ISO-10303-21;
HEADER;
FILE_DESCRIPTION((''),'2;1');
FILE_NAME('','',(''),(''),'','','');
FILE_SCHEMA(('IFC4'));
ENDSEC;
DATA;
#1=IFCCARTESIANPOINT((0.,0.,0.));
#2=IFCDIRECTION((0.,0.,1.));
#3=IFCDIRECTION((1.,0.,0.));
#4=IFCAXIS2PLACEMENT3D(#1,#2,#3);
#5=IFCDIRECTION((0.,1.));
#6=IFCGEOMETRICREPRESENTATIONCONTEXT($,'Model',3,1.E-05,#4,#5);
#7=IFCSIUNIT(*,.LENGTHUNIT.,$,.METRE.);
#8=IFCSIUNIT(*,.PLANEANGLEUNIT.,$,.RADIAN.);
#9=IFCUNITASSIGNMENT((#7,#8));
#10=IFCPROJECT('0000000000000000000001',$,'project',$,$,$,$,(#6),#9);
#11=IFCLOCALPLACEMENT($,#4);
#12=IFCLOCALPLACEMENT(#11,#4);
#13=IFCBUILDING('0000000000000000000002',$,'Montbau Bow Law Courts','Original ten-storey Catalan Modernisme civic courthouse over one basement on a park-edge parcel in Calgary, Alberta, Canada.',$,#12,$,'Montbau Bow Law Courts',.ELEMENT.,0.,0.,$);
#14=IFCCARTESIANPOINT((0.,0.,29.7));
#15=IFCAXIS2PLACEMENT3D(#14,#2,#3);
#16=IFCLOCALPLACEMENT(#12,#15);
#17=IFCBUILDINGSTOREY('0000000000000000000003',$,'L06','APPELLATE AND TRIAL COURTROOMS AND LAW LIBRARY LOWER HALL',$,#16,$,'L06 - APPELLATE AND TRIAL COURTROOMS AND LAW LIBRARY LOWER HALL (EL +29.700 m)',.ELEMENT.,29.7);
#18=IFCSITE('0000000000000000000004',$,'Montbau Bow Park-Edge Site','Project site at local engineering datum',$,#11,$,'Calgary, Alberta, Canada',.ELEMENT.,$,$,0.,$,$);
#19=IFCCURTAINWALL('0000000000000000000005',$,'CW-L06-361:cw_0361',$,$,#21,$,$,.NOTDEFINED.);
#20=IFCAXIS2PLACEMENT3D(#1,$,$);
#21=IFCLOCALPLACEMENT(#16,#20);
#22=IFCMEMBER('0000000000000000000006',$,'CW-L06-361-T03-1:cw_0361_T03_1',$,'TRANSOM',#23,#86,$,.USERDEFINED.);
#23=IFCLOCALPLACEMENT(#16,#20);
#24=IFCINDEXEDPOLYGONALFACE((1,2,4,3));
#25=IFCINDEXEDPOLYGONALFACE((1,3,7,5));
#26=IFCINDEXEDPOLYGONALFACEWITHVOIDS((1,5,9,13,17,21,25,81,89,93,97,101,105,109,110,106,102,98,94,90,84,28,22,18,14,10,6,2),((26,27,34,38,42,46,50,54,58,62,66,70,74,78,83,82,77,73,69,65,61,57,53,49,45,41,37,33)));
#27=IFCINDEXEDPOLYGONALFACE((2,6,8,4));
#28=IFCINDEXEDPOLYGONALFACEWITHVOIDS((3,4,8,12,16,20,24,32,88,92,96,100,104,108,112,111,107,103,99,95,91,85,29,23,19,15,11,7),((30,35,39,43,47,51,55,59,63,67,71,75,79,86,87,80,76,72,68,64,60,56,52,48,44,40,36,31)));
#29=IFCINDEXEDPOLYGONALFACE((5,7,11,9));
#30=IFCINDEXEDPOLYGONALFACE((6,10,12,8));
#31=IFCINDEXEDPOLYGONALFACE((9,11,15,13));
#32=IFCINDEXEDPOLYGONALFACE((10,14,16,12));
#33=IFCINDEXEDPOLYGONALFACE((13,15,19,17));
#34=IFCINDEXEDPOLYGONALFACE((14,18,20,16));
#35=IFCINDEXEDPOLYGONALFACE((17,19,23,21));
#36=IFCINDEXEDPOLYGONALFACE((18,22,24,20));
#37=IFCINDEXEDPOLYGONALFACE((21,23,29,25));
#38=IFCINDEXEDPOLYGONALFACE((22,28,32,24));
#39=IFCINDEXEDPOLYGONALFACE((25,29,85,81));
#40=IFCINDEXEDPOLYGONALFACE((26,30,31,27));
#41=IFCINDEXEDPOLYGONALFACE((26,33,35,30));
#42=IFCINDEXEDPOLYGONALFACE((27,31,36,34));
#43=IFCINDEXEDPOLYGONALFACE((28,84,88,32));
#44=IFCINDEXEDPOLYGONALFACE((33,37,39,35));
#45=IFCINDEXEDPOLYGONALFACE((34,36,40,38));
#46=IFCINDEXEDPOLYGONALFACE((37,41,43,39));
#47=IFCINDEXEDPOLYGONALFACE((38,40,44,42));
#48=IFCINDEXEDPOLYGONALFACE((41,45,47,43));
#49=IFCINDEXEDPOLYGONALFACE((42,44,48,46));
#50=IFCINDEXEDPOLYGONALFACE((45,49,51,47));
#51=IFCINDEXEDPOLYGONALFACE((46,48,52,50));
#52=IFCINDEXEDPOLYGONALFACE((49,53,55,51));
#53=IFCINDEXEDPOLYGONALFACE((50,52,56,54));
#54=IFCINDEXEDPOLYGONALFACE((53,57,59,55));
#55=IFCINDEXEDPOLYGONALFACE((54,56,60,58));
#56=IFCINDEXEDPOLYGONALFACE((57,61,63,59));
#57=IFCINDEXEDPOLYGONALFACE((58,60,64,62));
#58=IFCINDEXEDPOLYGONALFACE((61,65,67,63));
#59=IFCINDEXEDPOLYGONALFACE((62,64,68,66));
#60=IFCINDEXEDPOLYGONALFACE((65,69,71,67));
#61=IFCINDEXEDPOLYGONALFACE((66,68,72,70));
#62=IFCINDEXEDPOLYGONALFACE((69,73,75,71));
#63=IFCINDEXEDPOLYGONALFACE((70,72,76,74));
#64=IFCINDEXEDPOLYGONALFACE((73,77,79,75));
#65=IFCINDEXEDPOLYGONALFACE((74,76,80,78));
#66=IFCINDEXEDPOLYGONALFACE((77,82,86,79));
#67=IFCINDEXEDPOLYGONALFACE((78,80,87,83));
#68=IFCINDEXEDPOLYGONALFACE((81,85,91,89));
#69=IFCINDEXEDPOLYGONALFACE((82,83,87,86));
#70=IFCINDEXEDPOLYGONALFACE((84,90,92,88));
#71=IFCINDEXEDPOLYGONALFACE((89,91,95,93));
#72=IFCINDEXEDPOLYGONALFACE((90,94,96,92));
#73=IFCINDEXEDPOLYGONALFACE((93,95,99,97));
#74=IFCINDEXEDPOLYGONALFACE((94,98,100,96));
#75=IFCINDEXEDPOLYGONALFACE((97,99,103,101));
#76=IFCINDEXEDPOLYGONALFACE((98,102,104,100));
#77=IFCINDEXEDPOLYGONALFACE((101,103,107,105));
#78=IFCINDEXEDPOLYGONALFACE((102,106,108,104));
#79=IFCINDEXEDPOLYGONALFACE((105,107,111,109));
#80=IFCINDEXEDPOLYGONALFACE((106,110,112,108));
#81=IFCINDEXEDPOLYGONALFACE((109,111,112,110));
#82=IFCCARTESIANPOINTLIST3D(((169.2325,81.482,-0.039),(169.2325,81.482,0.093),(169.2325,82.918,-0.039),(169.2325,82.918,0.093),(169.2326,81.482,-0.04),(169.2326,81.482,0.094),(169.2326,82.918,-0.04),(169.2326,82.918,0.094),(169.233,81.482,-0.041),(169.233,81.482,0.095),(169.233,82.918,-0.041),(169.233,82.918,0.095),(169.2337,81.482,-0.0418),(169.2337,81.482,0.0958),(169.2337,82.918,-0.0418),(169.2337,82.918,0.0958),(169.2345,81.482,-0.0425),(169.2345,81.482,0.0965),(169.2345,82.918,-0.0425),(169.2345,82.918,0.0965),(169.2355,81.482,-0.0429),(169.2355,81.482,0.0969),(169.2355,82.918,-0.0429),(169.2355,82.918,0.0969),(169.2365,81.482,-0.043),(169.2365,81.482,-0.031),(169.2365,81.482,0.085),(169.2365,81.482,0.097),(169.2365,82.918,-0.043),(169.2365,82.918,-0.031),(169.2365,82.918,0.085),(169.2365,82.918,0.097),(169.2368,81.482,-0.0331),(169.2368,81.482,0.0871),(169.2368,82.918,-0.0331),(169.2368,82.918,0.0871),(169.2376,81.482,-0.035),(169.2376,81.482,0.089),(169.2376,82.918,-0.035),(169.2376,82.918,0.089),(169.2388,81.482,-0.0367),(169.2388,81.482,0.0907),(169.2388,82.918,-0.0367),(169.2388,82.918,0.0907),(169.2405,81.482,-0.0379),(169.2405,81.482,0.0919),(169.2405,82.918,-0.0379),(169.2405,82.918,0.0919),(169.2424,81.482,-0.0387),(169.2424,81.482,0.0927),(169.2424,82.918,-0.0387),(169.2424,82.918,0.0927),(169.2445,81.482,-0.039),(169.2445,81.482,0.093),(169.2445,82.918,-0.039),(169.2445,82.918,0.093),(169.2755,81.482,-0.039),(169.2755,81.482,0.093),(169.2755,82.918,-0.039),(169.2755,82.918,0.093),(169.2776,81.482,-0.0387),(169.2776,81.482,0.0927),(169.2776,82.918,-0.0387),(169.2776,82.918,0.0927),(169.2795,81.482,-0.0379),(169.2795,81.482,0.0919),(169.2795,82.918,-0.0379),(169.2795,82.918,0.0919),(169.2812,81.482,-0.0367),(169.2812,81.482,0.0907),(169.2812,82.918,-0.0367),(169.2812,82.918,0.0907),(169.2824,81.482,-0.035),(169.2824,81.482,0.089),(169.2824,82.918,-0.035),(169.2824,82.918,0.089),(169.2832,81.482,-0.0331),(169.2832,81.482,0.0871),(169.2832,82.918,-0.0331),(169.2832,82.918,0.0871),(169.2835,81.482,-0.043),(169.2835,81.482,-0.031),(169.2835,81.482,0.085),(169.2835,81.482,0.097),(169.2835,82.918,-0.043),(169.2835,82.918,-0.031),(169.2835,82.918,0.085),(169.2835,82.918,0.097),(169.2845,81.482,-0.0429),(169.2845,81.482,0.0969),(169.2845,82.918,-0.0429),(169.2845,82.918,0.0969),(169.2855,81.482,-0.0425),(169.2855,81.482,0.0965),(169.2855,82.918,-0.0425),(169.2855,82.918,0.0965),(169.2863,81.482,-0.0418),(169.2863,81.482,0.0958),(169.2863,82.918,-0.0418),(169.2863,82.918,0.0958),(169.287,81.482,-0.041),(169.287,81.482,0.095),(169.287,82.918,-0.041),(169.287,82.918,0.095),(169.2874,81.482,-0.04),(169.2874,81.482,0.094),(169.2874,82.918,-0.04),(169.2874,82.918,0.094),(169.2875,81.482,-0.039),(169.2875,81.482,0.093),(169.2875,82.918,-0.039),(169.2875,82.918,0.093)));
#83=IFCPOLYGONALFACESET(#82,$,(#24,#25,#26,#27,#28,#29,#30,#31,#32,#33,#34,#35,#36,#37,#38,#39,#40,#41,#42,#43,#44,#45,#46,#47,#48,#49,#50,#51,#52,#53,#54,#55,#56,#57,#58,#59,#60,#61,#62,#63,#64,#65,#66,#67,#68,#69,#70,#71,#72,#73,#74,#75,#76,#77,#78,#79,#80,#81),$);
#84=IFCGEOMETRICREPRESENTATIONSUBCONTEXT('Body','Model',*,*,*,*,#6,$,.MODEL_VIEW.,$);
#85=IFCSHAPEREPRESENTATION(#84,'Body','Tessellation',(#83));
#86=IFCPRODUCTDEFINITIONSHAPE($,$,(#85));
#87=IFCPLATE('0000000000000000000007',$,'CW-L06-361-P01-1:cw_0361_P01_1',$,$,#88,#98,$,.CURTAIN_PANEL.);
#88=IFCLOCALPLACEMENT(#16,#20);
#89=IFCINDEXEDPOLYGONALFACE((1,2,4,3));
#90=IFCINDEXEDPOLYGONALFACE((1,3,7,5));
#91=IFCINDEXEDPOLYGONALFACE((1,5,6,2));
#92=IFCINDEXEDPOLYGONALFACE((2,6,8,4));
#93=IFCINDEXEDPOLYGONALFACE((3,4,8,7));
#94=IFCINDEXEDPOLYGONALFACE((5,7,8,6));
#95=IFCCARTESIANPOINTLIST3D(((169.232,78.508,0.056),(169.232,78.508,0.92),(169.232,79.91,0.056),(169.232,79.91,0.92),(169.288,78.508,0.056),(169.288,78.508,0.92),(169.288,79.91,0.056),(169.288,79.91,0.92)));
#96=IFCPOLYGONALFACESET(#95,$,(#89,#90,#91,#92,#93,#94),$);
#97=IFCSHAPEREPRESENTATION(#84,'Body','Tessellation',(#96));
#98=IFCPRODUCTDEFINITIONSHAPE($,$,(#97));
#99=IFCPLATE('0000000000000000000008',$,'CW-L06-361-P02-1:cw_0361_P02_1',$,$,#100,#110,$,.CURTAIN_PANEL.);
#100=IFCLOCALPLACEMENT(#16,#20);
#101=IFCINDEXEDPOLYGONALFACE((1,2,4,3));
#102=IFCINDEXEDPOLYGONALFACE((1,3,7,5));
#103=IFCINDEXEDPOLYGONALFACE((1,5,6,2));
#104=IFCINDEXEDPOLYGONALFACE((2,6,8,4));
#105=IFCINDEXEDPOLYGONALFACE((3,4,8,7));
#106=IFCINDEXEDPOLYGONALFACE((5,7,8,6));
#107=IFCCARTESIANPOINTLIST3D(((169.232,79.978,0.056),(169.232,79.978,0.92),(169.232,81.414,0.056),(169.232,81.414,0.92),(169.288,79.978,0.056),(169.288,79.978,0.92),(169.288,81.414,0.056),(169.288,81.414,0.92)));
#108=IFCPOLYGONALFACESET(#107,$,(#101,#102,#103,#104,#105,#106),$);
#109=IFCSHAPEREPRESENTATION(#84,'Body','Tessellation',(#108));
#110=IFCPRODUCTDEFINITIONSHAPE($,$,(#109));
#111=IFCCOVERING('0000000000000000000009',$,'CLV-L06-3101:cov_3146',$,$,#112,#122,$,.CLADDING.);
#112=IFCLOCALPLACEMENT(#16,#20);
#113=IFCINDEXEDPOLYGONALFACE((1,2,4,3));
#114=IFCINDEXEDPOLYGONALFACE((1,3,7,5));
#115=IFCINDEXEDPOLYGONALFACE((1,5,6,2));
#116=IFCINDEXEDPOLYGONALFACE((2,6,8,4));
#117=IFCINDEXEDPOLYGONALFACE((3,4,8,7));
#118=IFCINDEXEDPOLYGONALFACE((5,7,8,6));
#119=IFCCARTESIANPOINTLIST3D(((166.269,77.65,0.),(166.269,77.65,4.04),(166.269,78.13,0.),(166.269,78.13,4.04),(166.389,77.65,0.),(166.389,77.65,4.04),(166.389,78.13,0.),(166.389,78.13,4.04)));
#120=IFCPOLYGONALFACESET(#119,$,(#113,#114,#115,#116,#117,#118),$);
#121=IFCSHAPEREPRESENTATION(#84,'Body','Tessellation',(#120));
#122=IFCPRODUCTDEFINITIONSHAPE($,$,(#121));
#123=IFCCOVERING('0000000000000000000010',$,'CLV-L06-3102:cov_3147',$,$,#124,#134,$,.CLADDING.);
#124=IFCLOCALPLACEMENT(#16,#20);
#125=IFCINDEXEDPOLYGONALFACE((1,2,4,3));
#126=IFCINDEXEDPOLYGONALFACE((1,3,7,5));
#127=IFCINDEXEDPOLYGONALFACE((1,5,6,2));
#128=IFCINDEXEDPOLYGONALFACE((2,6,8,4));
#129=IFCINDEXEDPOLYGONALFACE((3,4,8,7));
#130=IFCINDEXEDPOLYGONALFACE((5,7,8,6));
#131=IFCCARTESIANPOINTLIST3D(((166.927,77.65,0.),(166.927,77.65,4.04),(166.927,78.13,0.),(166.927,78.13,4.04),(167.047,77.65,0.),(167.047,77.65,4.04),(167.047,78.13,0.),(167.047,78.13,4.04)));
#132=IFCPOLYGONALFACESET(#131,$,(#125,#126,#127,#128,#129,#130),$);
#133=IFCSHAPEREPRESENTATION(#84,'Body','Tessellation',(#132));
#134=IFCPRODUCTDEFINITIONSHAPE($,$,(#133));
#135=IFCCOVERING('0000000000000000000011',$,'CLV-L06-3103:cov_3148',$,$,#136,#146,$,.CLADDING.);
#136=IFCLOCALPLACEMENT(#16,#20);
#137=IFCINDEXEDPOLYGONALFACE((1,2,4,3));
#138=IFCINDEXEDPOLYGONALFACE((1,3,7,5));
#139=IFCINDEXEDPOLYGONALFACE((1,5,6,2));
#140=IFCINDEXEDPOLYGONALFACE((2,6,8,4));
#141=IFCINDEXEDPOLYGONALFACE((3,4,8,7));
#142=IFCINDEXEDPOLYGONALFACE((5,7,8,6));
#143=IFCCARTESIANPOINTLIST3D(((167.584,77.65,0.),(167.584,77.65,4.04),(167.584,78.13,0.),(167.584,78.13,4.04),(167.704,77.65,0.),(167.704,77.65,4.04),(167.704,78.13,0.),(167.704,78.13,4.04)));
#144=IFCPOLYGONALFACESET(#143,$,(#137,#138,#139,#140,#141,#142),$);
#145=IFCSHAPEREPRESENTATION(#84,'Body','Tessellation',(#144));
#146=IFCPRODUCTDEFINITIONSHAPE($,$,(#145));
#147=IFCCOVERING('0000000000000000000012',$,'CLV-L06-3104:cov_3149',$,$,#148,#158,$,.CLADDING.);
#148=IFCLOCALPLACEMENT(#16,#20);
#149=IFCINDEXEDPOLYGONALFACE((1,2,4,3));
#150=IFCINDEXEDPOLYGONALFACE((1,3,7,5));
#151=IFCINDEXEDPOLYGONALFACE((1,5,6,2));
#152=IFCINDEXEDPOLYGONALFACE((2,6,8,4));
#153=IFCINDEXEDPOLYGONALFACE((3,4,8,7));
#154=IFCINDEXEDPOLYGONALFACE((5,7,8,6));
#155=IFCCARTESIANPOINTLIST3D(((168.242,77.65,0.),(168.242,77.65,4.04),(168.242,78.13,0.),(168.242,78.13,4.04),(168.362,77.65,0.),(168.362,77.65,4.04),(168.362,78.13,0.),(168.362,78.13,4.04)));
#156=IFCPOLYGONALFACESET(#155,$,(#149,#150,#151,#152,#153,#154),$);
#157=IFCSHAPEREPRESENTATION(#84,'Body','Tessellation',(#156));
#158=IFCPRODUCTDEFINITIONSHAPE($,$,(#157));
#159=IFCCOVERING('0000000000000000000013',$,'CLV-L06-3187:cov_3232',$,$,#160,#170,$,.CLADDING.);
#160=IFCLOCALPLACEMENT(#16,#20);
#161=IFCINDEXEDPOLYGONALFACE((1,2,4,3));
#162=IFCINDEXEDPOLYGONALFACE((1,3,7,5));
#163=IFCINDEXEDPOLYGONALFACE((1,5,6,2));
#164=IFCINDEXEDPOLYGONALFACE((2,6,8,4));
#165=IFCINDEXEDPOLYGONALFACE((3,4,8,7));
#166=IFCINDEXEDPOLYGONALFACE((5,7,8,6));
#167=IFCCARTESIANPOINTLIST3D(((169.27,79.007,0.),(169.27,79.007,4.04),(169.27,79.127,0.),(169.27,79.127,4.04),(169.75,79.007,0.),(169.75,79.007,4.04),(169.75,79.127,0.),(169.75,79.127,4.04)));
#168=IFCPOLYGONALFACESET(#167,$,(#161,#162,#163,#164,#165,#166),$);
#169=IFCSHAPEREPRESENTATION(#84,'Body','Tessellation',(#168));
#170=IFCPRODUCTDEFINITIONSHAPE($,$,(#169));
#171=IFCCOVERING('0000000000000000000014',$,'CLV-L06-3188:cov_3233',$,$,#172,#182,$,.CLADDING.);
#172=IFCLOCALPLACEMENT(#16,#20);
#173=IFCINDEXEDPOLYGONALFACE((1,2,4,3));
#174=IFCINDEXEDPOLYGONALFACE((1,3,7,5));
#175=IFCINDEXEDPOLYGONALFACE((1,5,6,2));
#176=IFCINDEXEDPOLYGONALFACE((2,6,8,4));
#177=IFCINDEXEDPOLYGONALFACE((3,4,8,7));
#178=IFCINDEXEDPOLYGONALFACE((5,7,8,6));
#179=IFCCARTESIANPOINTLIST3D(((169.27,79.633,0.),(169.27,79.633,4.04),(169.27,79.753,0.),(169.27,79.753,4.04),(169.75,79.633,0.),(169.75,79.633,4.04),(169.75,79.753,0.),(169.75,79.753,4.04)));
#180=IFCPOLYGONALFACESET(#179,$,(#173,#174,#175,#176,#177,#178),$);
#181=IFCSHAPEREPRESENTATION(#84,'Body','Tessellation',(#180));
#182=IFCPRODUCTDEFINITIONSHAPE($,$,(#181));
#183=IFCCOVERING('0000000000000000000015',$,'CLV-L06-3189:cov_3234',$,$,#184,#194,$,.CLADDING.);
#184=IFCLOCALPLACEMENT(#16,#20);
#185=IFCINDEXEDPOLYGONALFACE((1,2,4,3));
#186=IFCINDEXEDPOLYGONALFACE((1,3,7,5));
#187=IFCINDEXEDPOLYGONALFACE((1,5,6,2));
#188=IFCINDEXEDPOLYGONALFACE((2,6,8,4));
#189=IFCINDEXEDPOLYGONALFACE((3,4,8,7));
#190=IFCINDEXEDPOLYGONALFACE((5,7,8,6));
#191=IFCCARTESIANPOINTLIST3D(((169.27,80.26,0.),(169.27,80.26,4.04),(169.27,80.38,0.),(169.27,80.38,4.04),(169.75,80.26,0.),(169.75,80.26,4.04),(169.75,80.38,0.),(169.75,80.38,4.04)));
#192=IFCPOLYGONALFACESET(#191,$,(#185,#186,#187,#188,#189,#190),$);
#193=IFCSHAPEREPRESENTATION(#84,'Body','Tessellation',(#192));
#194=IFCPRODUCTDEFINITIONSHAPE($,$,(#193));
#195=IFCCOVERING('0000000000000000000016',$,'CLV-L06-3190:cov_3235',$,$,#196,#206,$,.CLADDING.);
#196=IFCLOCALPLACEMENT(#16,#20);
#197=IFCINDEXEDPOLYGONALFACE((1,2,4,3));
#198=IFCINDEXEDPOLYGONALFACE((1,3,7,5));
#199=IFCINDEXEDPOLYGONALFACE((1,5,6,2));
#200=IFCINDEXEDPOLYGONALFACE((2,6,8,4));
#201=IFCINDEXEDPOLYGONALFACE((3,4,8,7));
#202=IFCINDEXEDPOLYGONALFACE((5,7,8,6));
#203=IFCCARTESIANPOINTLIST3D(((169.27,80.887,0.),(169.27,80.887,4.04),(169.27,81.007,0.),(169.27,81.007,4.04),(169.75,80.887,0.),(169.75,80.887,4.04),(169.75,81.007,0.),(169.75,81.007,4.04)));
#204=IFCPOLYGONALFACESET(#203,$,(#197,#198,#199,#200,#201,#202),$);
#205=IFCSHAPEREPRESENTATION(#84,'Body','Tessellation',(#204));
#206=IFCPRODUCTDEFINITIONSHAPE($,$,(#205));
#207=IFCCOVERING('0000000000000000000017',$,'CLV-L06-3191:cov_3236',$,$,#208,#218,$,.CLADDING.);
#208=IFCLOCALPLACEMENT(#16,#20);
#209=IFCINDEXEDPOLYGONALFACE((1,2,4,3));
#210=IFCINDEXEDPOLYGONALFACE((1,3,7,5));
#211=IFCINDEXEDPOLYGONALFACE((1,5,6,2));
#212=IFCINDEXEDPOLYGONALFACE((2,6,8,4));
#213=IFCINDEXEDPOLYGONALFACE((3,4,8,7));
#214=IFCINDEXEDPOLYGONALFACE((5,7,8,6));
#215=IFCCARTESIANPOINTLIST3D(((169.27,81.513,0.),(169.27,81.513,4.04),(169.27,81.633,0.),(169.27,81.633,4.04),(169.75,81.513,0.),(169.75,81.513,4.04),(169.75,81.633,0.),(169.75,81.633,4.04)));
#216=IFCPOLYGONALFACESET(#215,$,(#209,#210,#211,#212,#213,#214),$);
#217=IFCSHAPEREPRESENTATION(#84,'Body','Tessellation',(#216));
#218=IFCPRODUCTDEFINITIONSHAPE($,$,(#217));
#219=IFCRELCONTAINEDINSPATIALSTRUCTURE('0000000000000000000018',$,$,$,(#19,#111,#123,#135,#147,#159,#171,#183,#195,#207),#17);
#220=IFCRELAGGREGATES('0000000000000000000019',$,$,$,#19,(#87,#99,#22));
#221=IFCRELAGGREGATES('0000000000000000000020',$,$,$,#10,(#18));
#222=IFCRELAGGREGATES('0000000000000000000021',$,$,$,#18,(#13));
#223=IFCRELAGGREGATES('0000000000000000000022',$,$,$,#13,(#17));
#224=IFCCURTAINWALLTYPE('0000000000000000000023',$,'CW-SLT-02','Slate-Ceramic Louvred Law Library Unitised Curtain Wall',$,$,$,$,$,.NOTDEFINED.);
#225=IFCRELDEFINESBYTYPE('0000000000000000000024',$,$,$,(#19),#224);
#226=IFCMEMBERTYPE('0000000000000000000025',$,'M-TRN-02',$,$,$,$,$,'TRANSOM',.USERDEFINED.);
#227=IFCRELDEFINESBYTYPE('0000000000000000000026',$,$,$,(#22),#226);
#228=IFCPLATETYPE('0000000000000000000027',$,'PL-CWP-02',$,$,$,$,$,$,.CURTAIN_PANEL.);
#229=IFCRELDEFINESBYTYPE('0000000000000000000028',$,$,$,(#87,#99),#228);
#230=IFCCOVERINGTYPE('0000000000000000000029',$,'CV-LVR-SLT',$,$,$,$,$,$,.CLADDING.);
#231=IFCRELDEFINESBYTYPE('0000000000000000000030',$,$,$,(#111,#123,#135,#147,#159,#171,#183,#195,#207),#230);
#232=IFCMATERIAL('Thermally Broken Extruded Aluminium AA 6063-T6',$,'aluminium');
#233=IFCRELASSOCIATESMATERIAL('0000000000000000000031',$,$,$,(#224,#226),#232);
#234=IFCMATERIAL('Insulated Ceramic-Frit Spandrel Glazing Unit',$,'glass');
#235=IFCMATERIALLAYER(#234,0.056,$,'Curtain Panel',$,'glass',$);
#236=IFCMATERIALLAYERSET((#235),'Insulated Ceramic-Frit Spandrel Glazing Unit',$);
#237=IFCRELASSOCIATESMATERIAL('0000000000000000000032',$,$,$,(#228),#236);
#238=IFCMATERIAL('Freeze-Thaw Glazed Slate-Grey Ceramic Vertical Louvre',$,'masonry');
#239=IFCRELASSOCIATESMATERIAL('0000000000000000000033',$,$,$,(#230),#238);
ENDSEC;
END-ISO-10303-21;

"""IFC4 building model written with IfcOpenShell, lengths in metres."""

from ifc_helpers import new_model, si_unit, direction, frame, frame_2d, origin_with_axes, origin_2d_with_axis, place, context, subcontext, project, spatial, rectangle, hollow_rectangle, extrude, material, layer, layer_set, material_profile, profile_set, type_object, element, aggregate, save


model = new_model("IFC4")

# Units and contexts
model_context = context("Model", 3, precision=1e-05, world=origin_with_axes(), true_north=direction((0.0, 1.0)))
body_context = subcontext(model_context, "Body", "Model", "MODEL_VIEW")
ifc_project = project(units=[si_unit("LENGTHUNIT", "METRE"), si_unit("PLANEANGLEUNIT", "RADIAN")], contexts=[model_context])

# Site, building, storey
site_placement = place(None, origin_with_axes())
site = spatial("IfcSite", under=ifc_project, at=site_placement, Name="Montbau Bow Park-Edge Site", Description="Project site at local engineering datum", LongName="Calgary, Alberta, Canada", CompositionType="ELEMENT", RefElevation=0.0)
building_placement = place(site_placement, origin_with_axes())
building = spatial("IfcBuilding", under=site, at=building_placement, Name="Montbau Bow Law Courts", Description="Original ten-storey Catalan Modernisme civic courthouse over one basement on a park-edge parcel in Calgary, Alberta, Canada.", LongName="Montbau Bow Law Courts", CompositionType="ELEMENT", ElevationOfRefHeight=0.0, ElevationOfTerrain=0.0)
storey_placement = place(building_placement, frame((0.0, 0.0, 29.7), z_axis=(0.0, 0.0, 1.0), x_axis=(1.0, 0.0, 0.0)))
storey = spatial("IfcBuildingStorey", under=building, at=storey_placement, Name="L06", Description="APPELLATE AND TRIAL COURTROOMS AND LAW LIBRARY LOWER HALL", LongName="L06 - APPELLATE AND TRIAL COURTROOMS AND LAW LIBRARY LOWER HALL (EL +29.700 m)", CompositionType="ELEMENT", Elevation=29.7)

# Curtain wall
ifc_material_1 = material(Name="Thermally Broken Extruded Aluminium AA 6063-T6", Category="aluminium")
curtain_wall_type = type_object("IfcCurtainWallType", Name="CW-SLT-02", Description="Slate-Ceramic Louvred Law Library Unitised Curtain Wall", PredefinedType="NOTDEFINED", material=ifc_material_1)
curtain_wall_1_placement = place(None, frame((169.26, 78.44, 29.7), z_axis=(0.0, 0.0, 1.0), x_axis=(1.0, 0.0, 0.0)))
curtain_wall_1 = element("IfcCurtainWall", 1, at=curtain_wall_1_placement, inside=storey, type_object=curtain_wall_type, Name="CW-L06-361:cw_0361", PredefinedType="NOTDEFINED")

# Member
ifc_material_profile_1 = material_profile(ifc_material_1, hollow_rectangle(XDim=0.055, YDim=0.14, WallThickness=0.004, InnerFilletRadius=0.008, OuterFilletRadius=0.004, at=origin_2d_with_axis()), Name="CWT-140X55", Category="Main", Priority=0)
ifc_profile_set_1 = profile_set([ifc_material_profile_1], Name="Thermally Broken Extruded Aluminium AA 6063-T6")
member_type_1 = type_object("IfcMemberType", Name="M-TRN-02", ElementType="TRANSOM", PredefinedType="USERDEFINED", material=ifc_profile_set_1)
member_1_placement = place(None, frame((169.26, 81.482, 29.727), z_axis=(0.0, 1.0, 0.0), x_axis=(-1.0, 0.0, 0.0)))
member_1 = element("IfcMember", 2, at=member_1_placement, type_object=member_type_1, Name="CW-L06-361-T03-1:cw_0361_T03_1", ObjectType="TRANSOM", PredefinedType="USERDEFINED", context=body_context, shape_type="SweptSolid", body=[
    extrude(hollow_rectangle(XDim=0.055, YDim=0.14, WallThickness=0.004, InnerFilletRadius=0.008, OuterFilletRadius=0.004, at=origin_2d_with_axis()), origin_with_axes(), (0.0, 0.0, 1.0), 1.436),
])

# Plates
ifc_material_2 = material(Name="Insulated Ceramic-Frit Spandrel Glazing Unit", Category="glass")
ifc_layer = layer(ifc_material_2, 0.056, Name="Curtain Panel", Category="glass")
ifc_layer_set = layer_set([ifc_layer], Name="Insulated Ceramic-Frit Spandrel Glazing Unit")
plate_type = type_object("IfcPlateType", Name="PL-CWP-02", PredefinedType="CURTAIN_PANEL", material=ifc_layer_set)
plate_1_placement = place(None, frame((169.26, 78.508, 29.756), z_axis=(1.0, 0.0, 0.0), x_axis=(0.0, 1.0, 0.0)))
plate_1 = element("IfcPlate", 3, at=plate_1_placement, type_object=plate_type, Name="CW-L06-361-P01-1:cw_0361_P01_1", PredefinedType="CURTAIN_PANEL", context=body_context, shape_type="SweptSolid", body=[
    extrude(rectangle(XDim=1.402, YDim=0.864, at=frame_2d((0.701, 0.432), x_axis=(1.0, 0.0))), frame((0.0, 0.0, -0.028), z_axis=(0.0, 0.0, 1.0), x_axis=(1.0, 0.0, 0.0)), (0.0, 0.0, 1.0), 0.056),
])
plate_2_placement = place(None, frame((169.26, 79.978, 29.756), z_axis=(1.0, 0.0, 0.0), x_axis=(0.0, 1.0, 0.0)))
plate_2 = element("IfcPlate", 4, at=plate_2_placement, type_object=plate_type, Name="CW-L06-361-P02-1:cw_0361_P02_1", PredefinedType="CURTAIN_PANEL", context=body_context, shape_type="SweptSolid", body=[
    extrude(rectangle(XDim=1.436, YDim=0.864, at=frame_2d((0.718, 0.432), x_axis=(1.0, 0.0))), frame((0.0, 0.0, -0.028), z_axis=(0.0, 0.0, 1.0), x_axis=(1.0, 0.0, 0.0)), (0.0, 0.0, 1.0), 0.056),
])
aggregate(curtain_wall_1, [plate_1, plate_2, member_1])

# Coverings
ifc_material_3 = material(Name="Freeze-Thaw Glazed Slate-Grey Ceramic Vertical Louvre", Category="masonry")
covering_type = type_object("IfcCoveringType", Name="CV-LVR-SLT", PredefinedType="CLADDING", material=ifc_material_3)
for number, where, z_axis, x_axis, name in (
    (5, (166.329, 78.13, 29.7), (-1.0, 0.0, 0.0), (0.0, -1.0, 0.0), "CLV-L06-3101:cov_3146"),
    (6, (166.987, 78.13, 29.7), (-1.0, 0.0, 0.0), (0.0, -1.0, 0.0), "CLV-L06-3102:cov_3147"),
    (7, (167.644, 78.13, 29.7), (-1.0, 0.0, 0.0), (0.0, -1.0, 0.0), "CLV-L06-3103:cov_3148"),
    (8, (168.302, 78.13, 29.7), (-1.0, 0.0, 0.0), (0.0, -1.0, 0.0), "CLV-L06-3104:cov_3149"),
    (9, (169.27, 79.067, 29.7), (0.0, -1.0, 0.0), (1.0, 0.0, 0.0), "CLV-L06-3187:cov_3232"),
    (10, (169.27, 79.693, 29.7), (0.0, -1.0, 0.0), (1.0, 0.0, 0.0), "CLV-L06-3188:cov_3233"),
    (11, (169.27, 80.32, 29.7), (0.0, -1.0, 0.0), (1.0, 0.0, 0.0), "CLV-L06-3189:cov_3234"),
    (12, (169.27, 80.947, 29.7), (0.0, -1.0, 0.0), (1.0, 0.0, 0.0), "CLV-L06-3190:cov_3235"),
    (13, (169.27, 81.573, 29.7), (0.0, -1.0, 0.0), (1.0, 0.0, 0.0), "CLV-L06-3191:cov_3236"),
):
    element("IfcCovering", number, at=place(None, frame(where, z_axis=z_axis, x_axis=x_axis)), inside=storey, type_object=covering_type, Name=name, PredefinedType="CLADDING", context=body_context, shape_type="SweptSolid", body=[
        extrude(rectangle(XDim=0.48, YDim=4.04, at=frame_2d((0.24, 2.02), x_axis=(1.0, 0.0))), frame((0.0, 0.0, -0.06), z_axis=(0.0, 0.0, 1.0), x_axis=(1.0, 0.0, 0.0)), (0.0, 0.0, 1.0), 0.12),
    ])

save(model, "model.ifc")
